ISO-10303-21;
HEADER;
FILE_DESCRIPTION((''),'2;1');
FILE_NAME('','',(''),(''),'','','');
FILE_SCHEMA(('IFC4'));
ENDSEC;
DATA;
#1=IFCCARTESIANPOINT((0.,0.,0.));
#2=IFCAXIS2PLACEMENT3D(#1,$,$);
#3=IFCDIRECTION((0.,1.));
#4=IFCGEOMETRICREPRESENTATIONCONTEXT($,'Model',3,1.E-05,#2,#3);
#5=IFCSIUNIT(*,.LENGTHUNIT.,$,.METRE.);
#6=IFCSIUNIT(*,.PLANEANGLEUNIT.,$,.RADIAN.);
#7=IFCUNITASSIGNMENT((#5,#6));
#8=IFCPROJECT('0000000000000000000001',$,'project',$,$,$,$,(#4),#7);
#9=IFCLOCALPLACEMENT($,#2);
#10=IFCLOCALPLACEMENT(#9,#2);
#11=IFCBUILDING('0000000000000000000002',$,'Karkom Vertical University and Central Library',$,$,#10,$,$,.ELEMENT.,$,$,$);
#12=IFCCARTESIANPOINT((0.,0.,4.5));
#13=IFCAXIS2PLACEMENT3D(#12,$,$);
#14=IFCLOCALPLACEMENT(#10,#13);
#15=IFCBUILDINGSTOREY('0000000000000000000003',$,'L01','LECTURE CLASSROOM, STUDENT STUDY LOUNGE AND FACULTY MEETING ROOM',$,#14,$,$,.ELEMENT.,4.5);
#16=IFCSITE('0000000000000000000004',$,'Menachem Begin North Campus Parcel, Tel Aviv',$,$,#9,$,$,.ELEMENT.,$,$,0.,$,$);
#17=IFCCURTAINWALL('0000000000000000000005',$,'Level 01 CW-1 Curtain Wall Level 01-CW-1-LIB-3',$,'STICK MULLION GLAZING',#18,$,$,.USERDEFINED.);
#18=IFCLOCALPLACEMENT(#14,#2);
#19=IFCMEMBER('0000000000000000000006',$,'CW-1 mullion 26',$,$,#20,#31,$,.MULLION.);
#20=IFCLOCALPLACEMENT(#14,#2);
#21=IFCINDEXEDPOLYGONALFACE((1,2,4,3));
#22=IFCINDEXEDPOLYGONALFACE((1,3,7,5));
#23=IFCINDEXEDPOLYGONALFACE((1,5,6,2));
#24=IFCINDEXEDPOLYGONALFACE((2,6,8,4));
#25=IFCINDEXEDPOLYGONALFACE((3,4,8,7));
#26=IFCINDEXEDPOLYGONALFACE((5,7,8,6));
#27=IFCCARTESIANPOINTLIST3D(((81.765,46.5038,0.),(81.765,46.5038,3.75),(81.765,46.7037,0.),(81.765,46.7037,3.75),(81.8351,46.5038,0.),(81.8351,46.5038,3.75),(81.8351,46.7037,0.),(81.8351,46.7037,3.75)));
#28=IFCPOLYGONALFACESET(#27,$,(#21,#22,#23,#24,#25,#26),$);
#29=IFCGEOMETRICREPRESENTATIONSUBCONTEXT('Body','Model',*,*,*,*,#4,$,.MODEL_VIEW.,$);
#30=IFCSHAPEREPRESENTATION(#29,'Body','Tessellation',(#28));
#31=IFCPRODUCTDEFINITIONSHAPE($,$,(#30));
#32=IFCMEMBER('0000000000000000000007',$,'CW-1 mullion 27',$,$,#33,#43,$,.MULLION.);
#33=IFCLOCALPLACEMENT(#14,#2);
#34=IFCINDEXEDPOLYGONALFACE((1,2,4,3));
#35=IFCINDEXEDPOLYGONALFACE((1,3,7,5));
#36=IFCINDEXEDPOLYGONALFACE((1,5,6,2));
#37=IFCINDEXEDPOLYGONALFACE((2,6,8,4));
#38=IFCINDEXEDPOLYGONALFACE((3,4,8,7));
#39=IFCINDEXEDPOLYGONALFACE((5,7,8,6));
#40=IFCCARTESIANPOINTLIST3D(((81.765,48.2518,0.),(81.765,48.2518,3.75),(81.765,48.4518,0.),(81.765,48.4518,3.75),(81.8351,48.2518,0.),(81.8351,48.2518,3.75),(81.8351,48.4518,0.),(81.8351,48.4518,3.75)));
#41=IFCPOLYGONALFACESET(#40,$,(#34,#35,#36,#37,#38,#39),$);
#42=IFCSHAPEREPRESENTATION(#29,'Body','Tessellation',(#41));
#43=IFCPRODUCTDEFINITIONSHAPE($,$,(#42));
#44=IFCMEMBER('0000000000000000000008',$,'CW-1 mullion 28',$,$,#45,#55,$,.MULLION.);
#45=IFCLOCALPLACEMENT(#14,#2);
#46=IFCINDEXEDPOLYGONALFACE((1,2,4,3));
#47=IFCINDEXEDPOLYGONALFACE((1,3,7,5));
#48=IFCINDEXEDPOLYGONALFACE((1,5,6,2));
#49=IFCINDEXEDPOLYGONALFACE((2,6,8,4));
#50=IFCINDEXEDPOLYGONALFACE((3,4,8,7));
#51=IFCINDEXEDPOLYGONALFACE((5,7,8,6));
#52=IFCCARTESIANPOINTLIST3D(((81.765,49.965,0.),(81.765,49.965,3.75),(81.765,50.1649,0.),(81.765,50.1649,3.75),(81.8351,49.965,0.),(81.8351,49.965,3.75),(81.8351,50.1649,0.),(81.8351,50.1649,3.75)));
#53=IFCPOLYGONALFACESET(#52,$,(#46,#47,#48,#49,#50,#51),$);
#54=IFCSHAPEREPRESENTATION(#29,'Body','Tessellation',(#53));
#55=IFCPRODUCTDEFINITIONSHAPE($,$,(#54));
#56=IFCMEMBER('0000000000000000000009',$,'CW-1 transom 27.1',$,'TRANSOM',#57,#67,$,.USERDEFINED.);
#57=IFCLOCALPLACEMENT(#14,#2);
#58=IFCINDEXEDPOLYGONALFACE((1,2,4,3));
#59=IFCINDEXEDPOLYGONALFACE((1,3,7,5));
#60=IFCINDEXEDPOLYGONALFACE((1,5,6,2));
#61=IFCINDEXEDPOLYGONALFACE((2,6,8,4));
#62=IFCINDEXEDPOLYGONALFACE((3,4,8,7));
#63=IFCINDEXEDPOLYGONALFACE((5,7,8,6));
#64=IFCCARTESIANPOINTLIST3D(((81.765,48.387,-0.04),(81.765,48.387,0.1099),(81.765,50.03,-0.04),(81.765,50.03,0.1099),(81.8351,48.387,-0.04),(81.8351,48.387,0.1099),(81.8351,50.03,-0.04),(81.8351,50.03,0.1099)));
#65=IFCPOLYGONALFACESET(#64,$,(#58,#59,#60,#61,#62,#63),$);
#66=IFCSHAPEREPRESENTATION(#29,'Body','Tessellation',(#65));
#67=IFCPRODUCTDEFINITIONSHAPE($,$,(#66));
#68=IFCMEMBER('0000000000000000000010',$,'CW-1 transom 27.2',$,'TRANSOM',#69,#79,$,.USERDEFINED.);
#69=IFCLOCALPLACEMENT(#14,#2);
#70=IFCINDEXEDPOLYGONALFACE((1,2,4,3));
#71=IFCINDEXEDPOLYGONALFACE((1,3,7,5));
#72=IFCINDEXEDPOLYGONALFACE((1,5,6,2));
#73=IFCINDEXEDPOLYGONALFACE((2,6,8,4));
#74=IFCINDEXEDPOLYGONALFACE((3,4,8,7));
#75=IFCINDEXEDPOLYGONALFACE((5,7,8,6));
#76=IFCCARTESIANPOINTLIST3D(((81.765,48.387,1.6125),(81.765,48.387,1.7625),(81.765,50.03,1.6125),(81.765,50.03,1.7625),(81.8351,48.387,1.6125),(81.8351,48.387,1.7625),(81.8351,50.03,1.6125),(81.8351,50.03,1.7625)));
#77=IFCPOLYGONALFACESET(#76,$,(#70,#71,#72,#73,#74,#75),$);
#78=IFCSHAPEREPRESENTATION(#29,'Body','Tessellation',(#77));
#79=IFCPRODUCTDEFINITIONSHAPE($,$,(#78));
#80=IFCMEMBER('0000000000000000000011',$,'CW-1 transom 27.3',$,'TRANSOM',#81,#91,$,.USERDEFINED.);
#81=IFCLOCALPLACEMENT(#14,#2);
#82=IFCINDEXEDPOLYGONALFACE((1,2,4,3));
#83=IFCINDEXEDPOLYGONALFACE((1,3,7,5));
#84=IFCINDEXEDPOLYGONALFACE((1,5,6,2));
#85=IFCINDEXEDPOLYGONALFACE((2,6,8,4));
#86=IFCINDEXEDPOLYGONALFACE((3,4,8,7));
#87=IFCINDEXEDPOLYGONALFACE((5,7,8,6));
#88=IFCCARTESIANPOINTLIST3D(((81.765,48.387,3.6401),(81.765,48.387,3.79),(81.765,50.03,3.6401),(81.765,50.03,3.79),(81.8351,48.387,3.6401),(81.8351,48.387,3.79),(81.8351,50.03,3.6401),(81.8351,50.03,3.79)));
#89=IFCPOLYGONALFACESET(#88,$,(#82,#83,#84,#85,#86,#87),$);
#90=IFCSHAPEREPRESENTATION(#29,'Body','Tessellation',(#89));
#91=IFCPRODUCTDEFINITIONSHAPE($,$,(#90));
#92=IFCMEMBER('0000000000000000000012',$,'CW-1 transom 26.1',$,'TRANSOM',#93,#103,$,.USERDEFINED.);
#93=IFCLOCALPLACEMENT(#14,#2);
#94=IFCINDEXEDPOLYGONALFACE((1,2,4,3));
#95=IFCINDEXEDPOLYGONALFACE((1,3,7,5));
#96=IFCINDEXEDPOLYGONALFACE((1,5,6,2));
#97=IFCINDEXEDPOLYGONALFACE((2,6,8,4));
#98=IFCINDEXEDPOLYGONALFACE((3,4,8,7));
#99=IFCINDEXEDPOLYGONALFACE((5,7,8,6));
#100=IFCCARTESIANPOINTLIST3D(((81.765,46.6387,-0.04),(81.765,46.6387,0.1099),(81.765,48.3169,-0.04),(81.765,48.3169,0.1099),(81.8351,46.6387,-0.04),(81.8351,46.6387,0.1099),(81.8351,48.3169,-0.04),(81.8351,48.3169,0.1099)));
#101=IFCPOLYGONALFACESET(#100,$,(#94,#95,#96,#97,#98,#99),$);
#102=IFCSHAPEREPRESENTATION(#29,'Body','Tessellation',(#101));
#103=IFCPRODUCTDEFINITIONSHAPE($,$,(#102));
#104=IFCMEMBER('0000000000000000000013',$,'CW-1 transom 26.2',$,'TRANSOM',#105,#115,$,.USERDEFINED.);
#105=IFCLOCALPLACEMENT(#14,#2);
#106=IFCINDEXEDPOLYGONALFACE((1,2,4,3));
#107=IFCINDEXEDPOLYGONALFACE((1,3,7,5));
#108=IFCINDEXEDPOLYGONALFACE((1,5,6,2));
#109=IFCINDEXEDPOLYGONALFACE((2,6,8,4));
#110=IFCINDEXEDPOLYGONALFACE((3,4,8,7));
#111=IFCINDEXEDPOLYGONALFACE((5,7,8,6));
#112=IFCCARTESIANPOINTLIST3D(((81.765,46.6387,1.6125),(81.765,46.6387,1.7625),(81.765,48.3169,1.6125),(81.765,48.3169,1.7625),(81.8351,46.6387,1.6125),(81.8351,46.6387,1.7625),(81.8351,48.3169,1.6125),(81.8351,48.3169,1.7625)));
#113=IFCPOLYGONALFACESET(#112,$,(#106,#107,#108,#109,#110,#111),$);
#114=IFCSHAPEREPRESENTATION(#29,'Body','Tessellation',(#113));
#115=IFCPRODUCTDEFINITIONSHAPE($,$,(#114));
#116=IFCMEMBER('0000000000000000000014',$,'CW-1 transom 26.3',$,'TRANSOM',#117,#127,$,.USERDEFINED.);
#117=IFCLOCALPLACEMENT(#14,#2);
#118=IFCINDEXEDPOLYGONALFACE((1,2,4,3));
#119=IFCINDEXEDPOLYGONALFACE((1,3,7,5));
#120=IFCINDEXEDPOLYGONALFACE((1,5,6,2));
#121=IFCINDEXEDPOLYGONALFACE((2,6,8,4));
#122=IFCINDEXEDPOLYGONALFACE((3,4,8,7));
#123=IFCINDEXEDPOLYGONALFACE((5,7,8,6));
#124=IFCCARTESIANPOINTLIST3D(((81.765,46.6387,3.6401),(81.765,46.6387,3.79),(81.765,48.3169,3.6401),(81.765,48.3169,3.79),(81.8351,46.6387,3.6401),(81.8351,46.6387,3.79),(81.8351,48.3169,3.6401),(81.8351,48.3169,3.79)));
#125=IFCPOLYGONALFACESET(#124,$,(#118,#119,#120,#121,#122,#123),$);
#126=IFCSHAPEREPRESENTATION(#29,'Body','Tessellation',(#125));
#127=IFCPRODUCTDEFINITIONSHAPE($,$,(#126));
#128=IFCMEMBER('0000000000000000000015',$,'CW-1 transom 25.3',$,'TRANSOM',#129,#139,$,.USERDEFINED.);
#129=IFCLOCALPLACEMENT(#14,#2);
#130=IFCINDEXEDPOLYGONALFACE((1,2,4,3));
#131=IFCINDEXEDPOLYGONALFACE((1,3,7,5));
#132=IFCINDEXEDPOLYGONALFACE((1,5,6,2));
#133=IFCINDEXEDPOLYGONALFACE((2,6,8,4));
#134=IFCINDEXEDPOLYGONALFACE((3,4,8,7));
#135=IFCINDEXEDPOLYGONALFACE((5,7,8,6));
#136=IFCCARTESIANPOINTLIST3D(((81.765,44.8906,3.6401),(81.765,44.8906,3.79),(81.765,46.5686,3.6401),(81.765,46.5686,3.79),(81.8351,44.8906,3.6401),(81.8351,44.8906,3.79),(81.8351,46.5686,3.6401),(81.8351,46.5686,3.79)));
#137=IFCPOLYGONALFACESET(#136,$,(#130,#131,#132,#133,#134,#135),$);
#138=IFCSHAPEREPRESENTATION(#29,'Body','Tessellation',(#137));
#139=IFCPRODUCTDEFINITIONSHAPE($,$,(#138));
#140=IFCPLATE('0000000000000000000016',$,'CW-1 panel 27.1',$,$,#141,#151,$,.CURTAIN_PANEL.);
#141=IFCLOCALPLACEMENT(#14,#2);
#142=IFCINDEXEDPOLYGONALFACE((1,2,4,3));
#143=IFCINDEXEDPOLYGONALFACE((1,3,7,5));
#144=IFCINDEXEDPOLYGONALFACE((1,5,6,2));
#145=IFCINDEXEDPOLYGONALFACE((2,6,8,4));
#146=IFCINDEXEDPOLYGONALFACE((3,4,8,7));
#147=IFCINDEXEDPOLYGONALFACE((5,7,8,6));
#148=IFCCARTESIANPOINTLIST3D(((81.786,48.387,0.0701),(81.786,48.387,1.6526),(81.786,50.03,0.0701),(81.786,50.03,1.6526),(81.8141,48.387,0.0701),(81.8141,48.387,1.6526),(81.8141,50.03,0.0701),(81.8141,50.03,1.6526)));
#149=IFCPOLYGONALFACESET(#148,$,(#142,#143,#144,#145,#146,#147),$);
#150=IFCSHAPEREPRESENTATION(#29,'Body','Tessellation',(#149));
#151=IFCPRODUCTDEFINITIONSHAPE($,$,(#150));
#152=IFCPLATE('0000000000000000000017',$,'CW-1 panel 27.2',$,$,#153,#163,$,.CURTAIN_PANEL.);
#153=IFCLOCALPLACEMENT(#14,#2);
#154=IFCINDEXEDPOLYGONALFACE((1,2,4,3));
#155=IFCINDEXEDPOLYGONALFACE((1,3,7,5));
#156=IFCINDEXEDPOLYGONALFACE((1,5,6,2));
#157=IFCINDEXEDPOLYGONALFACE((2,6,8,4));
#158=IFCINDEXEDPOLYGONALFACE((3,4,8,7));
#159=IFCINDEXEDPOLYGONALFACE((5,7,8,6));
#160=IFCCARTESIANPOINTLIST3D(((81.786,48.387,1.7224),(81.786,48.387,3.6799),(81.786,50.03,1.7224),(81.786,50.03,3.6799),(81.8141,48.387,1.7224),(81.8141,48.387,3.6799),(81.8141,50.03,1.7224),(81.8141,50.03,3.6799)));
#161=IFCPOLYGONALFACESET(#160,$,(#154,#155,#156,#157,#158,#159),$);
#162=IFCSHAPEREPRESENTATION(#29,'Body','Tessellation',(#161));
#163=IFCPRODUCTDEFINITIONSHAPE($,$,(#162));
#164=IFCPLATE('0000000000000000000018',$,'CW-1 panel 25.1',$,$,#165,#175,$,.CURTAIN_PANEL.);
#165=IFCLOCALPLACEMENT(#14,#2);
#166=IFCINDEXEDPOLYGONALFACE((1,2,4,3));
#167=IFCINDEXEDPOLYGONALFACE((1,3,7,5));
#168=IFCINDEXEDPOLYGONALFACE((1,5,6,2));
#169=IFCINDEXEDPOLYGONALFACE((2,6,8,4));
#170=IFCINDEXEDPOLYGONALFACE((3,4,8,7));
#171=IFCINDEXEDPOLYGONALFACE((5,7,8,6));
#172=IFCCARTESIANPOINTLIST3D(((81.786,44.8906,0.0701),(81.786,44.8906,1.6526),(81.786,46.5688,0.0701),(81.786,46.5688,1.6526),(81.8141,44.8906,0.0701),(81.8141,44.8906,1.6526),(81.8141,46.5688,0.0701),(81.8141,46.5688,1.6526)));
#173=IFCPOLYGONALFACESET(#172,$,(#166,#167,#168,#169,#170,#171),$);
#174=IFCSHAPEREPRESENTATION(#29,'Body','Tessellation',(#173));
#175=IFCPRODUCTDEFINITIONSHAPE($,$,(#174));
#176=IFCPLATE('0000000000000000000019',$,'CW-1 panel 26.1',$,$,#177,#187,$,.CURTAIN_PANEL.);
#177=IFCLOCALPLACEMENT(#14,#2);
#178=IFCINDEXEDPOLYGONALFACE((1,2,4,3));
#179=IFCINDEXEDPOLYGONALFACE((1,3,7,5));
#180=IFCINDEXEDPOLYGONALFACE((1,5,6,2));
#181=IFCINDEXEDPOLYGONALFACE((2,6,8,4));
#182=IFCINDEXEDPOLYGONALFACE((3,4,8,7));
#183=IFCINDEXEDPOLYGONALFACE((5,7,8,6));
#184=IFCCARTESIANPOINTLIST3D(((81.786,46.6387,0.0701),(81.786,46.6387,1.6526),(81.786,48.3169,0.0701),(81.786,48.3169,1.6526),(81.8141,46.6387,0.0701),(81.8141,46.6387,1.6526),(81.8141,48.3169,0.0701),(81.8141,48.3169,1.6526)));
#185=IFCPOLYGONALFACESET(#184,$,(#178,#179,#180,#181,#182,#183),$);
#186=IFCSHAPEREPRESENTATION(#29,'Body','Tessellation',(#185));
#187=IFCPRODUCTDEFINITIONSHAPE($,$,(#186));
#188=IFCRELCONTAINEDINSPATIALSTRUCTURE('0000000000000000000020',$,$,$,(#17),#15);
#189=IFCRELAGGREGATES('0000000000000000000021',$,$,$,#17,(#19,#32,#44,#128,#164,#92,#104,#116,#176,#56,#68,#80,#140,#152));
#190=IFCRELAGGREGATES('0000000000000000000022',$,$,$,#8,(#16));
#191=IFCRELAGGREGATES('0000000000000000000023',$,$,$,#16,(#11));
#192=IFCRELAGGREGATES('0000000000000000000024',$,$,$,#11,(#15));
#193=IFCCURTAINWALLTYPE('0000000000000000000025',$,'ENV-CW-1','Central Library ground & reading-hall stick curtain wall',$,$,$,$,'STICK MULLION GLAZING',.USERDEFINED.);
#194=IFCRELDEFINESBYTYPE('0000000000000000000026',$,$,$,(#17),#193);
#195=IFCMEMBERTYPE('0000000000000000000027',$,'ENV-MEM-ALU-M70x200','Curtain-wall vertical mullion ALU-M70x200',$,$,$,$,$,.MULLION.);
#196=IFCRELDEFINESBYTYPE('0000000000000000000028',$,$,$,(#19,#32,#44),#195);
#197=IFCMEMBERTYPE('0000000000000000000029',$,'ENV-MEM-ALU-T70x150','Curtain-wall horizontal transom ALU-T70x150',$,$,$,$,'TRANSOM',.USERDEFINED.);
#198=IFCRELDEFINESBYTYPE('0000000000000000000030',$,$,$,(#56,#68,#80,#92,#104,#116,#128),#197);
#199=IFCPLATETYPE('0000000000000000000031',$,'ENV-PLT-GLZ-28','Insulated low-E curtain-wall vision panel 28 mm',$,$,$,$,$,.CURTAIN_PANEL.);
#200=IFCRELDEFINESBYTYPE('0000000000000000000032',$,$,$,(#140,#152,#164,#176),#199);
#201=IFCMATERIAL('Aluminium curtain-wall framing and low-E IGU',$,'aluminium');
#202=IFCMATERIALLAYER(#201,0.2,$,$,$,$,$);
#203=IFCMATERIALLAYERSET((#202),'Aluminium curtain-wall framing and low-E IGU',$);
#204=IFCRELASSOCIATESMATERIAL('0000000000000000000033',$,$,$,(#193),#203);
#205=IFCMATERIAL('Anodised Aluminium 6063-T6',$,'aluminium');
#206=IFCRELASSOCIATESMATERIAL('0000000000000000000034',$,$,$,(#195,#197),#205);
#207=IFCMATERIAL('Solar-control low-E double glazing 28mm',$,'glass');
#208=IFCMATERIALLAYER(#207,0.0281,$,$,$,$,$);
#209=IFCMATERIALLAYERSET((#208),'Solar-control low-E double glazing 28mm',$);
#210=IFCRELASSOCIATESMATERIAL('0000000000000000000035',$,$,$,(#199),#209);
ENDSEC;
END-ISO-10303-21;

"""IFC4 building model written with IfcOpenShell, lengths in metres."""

from ifc_helpers import new_model, si_unit, direction, frame, origin, origin_with_axes, origin_2d, place, context, subcontext, project, spatial, rectangle, extrude, source, transform, mapped, material, layer, layer_set, material_profile, profile_set, type_object, element, aggregate, save


model = new_model("IFC4")

# Units and contexts
model_context = context("Model", 3, precision=1e-05, world=origin(), true_north=direction((0.0, 1.0)))
body_context = subcontext(model_context, "Body", "Model", "MODEL_VIEW")
ifc_project = project(units=[si_unit("LENGTHUNIT", "METRE"), si_unit("PLANEANGLEUNIT", "RADIAN")], contexts=[model_context])

# Site, building, storey
site_placement = place(None, origin())
site = spatial("IfcSite", under=ifc_project, at=site_placement, Name="Menachem Begin North Campus Parcel, Tel Aviv", CompositionType="ELEMENT", RefElevation=0.0)
building_placement = place(site_placement, origin())
building = spatial("IfcBuilding", under=site, at=building_placement, Name="Karkom Vertical University and Central Library", CompositionType="ELEMENT")
storey_placement = place(building_placement, frame((0.0, 0.0, 4.5)))
storey = spatial("IfcBuildingStorey", under=building, at=storey_placement, Name="L01", Description="LECTURE CLASSROOM, STUDENT STUDY LOUNGE AND FACULTY MEETING ROOM", CompositionType="ELEMENT", Elevation=4.5)

# Curtain wall, members, plates
ifc_material_1 = material(Name="Aluminium curtain-wall framing and low-E IGU", Category="aluminium")
ifc_layer_1 = layer(ifc_material_1, 0.2)
ifc_layer_set_1 = layer_set([ifc_layer_1], Name="Aluminium curtain-wall framing and low-E IGU")
curtain_wall_type = type_object("IfcCurtainWallType", Name="ENV-CW-1", Description="Central Library ground & reading-hall stick curtain wall", ElementType="STICK MULLION GLAZING", PredefinedType="USERDEFINED", material=ifc_layer_set_1)
curtain_wall_placement = place(storey_placement, origin())
curtain_wall = element("IfcCurtainWall", 1, at=curtain_wall_placement, inside=storey, type_object=curtain_wall_type, Name="Level 01 CW-1 Curtain Wall Level 01-CW-1-LIB-3", ObjectType="STICK MULLION GLAZING", PredefinedType="USERDEFINED")
ifc_material_2 = material(Name="Anodised Aluminium 6063-T6", Category="aluminium")
ifc_material_profile_1 = material_profile(ifc_material_2, rectangle(XDim=0.0701, YDim=0.2, at=origin_2d()), Name="ALU-M70x200")
ifc_profile_set_1 = profile_set([ifc_material_profile_1], Name="Anodised Aluminium 6063-T6")
member_type_1 = type_object("IfcMemberType", Name="ENV-MEM-ALU-M70x200", Description="Curtain-wall vertical mullion ALU-M70x200", PredefinedType="MULLION", material=ifc_profile_set_1)
shared_shape_1 = source(origin_with_axes(), body_context, "Body", "SweptSolid", [
    extrude(rectangle(XDim=0.0701, YDim=0.2, at=origin_2d()), origin(), (0.0, 0.0, 1.0), 3.75),
])
member_1_placement = place(storey_placement, frame((81.8, 46.6038, 0.0), z_axis=(0.0, 0.0, 1.0), x_axis=(-1.0, 0.0, 0.0)))
member_1 = element("IfcMember", 2, at=member_1_placement, type_object=member_type_1, Name="CW-1 mullion 26", PredefinedType="MULLION", context=body_context, shape_type="MappedRepresentation", body=[
    mapped(shared_shape_1, transform((0.0, 0.0, 0.0), scale=1.0)),
])
member_2_placement = place(storey_placement, frame((81.8, 48.3518, 0.0), z_axis=(0.0, 0.0, 1.0), x_axis=(-1.0, 0.0, 0.0)))
member_2 = element("IfcMember", 3, at=member_2_placement, type_object=member_type_1, Name="CW-1 mullion 27", PredefinedType="MULLION", context=body_context, shape_type="MappedRepresentation", body=[
    mapped(shared_shape_1, transform((0.0, 0.0, 0.0), scale=1.0)),
])
member_3_placement = place(storey_placement, frame((81.8, 50.0649, 0.0), z_axis=(0.0, 0.0, 1.0), x_axis=(-1.0, 0.0, 0.0)))
member_3 = element("IfcMember", 4, at=member_3_placement, type_object=member_type_1, Name="CW-1 mullion 28", PredefinedType="MULLION", context=body_context, shape_type="MappedRepresentation", body=[
    mapped(shared_shape_1, transform((0.0, 0.0, 0.0), scale=1.0)),
])
ifc_material_profile_2 = material_profile(ifc_material_2, rectangle(XDim=0.0701, YDim=0.1499, at=origin_2d()), Name="ALU-T70x150")
ifc_profile_set_2 = profile_set([ifc_material_profile_2], Name="Anodised Aluminium 6063-T6")
member_type_2 = type_object("IfcMemberType", Name="ENV-MEM-ALU-T70x150", Description="Curtain-wall horizontal transom ALU-T70x150", ElementType="TRANSOM", PredefinedType="USERDEFINED", material=ifc_profile_set_2)
shared_shape_2 = source(origin_with_axes(), body_context, "Body", "SweptSolid", [
    extrude(rectangle(XDim=0.0701, YDim=0.1499, at=origin_2d()), origin(), (0.0, 0.0, 1.0), 1.6431),
])
member_4_placement = place(storey_placement, frame((81.8, 48.387, 0.0349), z_axis=(0.0, 1.0, 0.0), x_axis=(-1.0, 0.0, 0.0)))
member_4 = element("IfcMember", 5, at=member_4_placement, type_object=member_type_2, Name="CW-1 transom 27.1", ObjectType="TRANSOM", PredefinedType="USERDEFINED", context=body_context, shape_type="MappedRepresentation", body=[
    mapped(shared_shape_2, transform((0.0, 0.0, 0.0), scale=1.0)),
])
member_5_placement = place(storey_placement, frame((81.8, 48.387, 1.6875), z_axis=(0.0, 1.0, 0.0), x_axis=(-1.0, 0.0, 0.0)))
member_5 = element("IfcMember", 6, at=member_5_placement, type_object=member_type_2, Name="CW-1 transom 27.2", ObjectType="TRANSOM", PredefinedType="USERDEFINED", context=body_context, shape_type="MappedRepresentation", body=[
    mapped(shared_shape_2, transform((0.0, 0.0, 0.0), scale=1.0)),
])
member_6_placement = place(storey_placement, frame((81.8, 48.387, 3.7151), z_axis=(0.0, 1.0, 0.0), x_axis=(-1.0, 0.0, 0.0)))
member_6 = element("IfcMember", 7, at=member_6_placement, type_object=member_type_2, Name="CW-1 transom 27.3", ObjectType="TRANSOM", PredefinedType="USERDEFINED", context=body_context, shape_type="MappedRepresentation", body=[
    mapped(shared_shape_2, transform((0.0, 0.0, 0.0), scale=1.0)),
])
shared_shape_3 = source(origin_with_axes(), body_context, "Body", "SweptSolid", [
    extrude(rectangle(XDim=0.0701, YDim=0.1499, at=origin_2d()), origin(), (0.0, 0.0, 1.0), 1.6782),
])
member_7_placement = place(storey_placement, frame((81.8, 46.6387, 0.0349), z_axis=(0.0, 1.0, 0.0), x_axis=(-1.0, 0.0, 0.0)))
member_7 = element("IfcMember", 8, at=member_7_placement, type_object=member_type_2, Name="CW-1 transom 26.1", ObjectType="TRANSOM", PredefinedType="USERDEFINED", context=body_context, shape_type="MappedRepresentation", body=[
    mapped(shared_shape_3, transform((0.0, 0.0, 0.0), scale=1.0)),
])
member_8_placement = place(storey_placement, frame((81.8, 46.6387, 1.6875), z_axis=(0.0, 1.0, 0.0), x_axis=(-1.0, 0.0, 0.0)))
member_8 = element("IfcMember", 9, at=member_8_placement, type_object=member_type_2, Name="CW-1 transom 26.2", ObjectType="TRANSOM", PredefinedType="USERDEFINED", context=body_context, shape_type="MappedRepresentation", body=[
    mapped(shared_shape_3, transform((0.0, 0.0, 0.0), scale=1.0)),
])
member_9_placement = place(storey_placement, frame((81.8, 46.6387, 3.7151), z_axis=(0.0, 1.0, 0.0), x_axis=(-1.0, 0.0, 0.0)))
member_9 = element("IfcMember", 10, at=member_9_placement, type_object=member_type_2, Name="CW-1 transom 26.3", ObjectType="TRANSOM", PredefinedType="USERDEFINED", context=body_context, shape_type="MappedRepresentation", body=[
    mapped(shared_shape_3, transform((0.0, 0.0, 0.0), scale=1.0)),
])
shared_shape_4 = source(origin_with_axes(), body_context, "Body", "SweptSolid", [
    extrude(rectangle(XDim=0.0701, YDim=0.1499, at=origin_2d()), origin(), (0.0, 0.0, 1.0), 1.678),
])
member_10_placement = place(storey_placement, frame((81.8, 44.8906, 3.7151), z_axis=(0.0, 1.0, 0.0), x_axis=(-1.0, 0.0, 0.0)))
member_10 = element("IfcMember", 11, at=member_10_placement, type_object=member_type_2, Name="CW-1 transom 25.3", ObjectType="TRANSOM", PredefinedType="USERDEFINED", context=body_context, shape_type="MappedRepresentation", body=[
    mapped(shared_shape_4, transform((0.0, 0.0, 0.0), scale=1.0)),
])
ifc_material_3 = material(Name="Solar-control low-E double glazing 28mm", Category="glass")
ifc_layer_2 = layer(ifc_material_3, 0.0281)
ifc_layer_set_2 = layer_set([ifc_layer_2], Name="Solar-control low-E double glazing 28mm")
plate_type = type_object("IfcPlateType", Name="ENV-PLT-GLZ-28", Description="Insulated low-E curtain-wall vision panel 28 mm", PredefinedType="CURTAIN_PANEL", material=ifc_layer_set_2)
shared_shape_5 = source(origin_with_axes(), body_context, "Body", "SweptSolid", [
    extrude(rectangle(XDim=1.6431, YDim=0.0281, at=origin_2d()), origin(), (0.0, 0.0, 1.0), 1.5825),
])
plate_1_placement = place(storey_placement, frame((81.8, 49.2085, 0.0701), z_axis=(0.0, 0.0, 1.0), x_axis=(0.0, 1.0, 0.0)))
plate_1 = element("IfcPlate", 12, at=plate_1_placement, type_object=plate_type, Name="CW-1 panel 27.1", PredefinedType="CURTAIN_PANEL", context=body_context, shape_type="MappedRepresentation", body=[
    mapped(shared_shape_5, transform((0.0, 0.0, 0.0), scale=1.0)),
])
shared_shape_6 = source(origin_with_axes(), body_context, "Body", "SweptSolid", [
    extrude(rectangle(XDim=1.6431, YDim=0.0281, at=origin_2d()), origin(), (0.0, 0.0, 1.0), 1.9575),
])
plate_2_placement = place(storey_placement, frame((81.8, 49.2085, 1.7224), z_axis=(0.0, 0.0, 1.0), x_axis=(0.0, 1.0, 0.0)))
plate_2 = element("IfcPlate", 13, at=plate_2_placement, type_object=plate_type, Name="CW-1 panel 27.2", PredefinedType="CURTAIN_PANEL", context=body_context, shape_type="MappedRepresentation", body=[
    mapped(shared_shape_6, transform((0.0, 0.0, 0.0), scale=1.0)),
])
shared_shape_7 = source(origin_with_axes(), body_context, "Body", "SweptSolid", [
    extrude(rectangle(XDim=1.6782, YDim=0.0281, at=origin_2d()), origin(), (0.0, 0.0, 1.0), 1.5825),
])
plate_3_placement = place(storey_placement, frame((81.8, 45.7297, 0.0701), z_axis=(0.0, 0.0, 1.0), x_axis=(0.0, 1.0, 0.0)))
plate_3 = element("IfcPlate", 14, at=plate_3_placement, type_object=plate_type, Name="CW-1 panel 25.1", PredefinedType="CURTAIN_PANEL", context=body_context, shape_type="MappedRepresentation", body=[
    mapped(shared_shape_7, transform((0.0, 0.0, 0.0), scale=1.0)),
])
plate_4_placement = place(storey_placement, frame((81.8, 47.4778, 0.0701), z_axis=(0.0, 0.0, 1.0), x_axis=(0.0, 1.0, 0.0)))
plate_4 = element("IfcPlate", 15, at=plate_4_placement, type_object=plate_type, Name="CW-1 panel 26.1", PredefinedType="CURTAIN_PANEL", context=body_context, shape_type="MappedRepresentation", body=[
    mapped(shared_shape_7, transform((0.0, 0.0, 0.0), scale=1.0)),
])
aggregate(curtain_wall, [member_1, member_2, member_3, member_10, plate_3, member_7, member_8, member_9, plate_4, member_4, member_5, member_6, plate_1, plate_2])

save(model, "model.ifc")
